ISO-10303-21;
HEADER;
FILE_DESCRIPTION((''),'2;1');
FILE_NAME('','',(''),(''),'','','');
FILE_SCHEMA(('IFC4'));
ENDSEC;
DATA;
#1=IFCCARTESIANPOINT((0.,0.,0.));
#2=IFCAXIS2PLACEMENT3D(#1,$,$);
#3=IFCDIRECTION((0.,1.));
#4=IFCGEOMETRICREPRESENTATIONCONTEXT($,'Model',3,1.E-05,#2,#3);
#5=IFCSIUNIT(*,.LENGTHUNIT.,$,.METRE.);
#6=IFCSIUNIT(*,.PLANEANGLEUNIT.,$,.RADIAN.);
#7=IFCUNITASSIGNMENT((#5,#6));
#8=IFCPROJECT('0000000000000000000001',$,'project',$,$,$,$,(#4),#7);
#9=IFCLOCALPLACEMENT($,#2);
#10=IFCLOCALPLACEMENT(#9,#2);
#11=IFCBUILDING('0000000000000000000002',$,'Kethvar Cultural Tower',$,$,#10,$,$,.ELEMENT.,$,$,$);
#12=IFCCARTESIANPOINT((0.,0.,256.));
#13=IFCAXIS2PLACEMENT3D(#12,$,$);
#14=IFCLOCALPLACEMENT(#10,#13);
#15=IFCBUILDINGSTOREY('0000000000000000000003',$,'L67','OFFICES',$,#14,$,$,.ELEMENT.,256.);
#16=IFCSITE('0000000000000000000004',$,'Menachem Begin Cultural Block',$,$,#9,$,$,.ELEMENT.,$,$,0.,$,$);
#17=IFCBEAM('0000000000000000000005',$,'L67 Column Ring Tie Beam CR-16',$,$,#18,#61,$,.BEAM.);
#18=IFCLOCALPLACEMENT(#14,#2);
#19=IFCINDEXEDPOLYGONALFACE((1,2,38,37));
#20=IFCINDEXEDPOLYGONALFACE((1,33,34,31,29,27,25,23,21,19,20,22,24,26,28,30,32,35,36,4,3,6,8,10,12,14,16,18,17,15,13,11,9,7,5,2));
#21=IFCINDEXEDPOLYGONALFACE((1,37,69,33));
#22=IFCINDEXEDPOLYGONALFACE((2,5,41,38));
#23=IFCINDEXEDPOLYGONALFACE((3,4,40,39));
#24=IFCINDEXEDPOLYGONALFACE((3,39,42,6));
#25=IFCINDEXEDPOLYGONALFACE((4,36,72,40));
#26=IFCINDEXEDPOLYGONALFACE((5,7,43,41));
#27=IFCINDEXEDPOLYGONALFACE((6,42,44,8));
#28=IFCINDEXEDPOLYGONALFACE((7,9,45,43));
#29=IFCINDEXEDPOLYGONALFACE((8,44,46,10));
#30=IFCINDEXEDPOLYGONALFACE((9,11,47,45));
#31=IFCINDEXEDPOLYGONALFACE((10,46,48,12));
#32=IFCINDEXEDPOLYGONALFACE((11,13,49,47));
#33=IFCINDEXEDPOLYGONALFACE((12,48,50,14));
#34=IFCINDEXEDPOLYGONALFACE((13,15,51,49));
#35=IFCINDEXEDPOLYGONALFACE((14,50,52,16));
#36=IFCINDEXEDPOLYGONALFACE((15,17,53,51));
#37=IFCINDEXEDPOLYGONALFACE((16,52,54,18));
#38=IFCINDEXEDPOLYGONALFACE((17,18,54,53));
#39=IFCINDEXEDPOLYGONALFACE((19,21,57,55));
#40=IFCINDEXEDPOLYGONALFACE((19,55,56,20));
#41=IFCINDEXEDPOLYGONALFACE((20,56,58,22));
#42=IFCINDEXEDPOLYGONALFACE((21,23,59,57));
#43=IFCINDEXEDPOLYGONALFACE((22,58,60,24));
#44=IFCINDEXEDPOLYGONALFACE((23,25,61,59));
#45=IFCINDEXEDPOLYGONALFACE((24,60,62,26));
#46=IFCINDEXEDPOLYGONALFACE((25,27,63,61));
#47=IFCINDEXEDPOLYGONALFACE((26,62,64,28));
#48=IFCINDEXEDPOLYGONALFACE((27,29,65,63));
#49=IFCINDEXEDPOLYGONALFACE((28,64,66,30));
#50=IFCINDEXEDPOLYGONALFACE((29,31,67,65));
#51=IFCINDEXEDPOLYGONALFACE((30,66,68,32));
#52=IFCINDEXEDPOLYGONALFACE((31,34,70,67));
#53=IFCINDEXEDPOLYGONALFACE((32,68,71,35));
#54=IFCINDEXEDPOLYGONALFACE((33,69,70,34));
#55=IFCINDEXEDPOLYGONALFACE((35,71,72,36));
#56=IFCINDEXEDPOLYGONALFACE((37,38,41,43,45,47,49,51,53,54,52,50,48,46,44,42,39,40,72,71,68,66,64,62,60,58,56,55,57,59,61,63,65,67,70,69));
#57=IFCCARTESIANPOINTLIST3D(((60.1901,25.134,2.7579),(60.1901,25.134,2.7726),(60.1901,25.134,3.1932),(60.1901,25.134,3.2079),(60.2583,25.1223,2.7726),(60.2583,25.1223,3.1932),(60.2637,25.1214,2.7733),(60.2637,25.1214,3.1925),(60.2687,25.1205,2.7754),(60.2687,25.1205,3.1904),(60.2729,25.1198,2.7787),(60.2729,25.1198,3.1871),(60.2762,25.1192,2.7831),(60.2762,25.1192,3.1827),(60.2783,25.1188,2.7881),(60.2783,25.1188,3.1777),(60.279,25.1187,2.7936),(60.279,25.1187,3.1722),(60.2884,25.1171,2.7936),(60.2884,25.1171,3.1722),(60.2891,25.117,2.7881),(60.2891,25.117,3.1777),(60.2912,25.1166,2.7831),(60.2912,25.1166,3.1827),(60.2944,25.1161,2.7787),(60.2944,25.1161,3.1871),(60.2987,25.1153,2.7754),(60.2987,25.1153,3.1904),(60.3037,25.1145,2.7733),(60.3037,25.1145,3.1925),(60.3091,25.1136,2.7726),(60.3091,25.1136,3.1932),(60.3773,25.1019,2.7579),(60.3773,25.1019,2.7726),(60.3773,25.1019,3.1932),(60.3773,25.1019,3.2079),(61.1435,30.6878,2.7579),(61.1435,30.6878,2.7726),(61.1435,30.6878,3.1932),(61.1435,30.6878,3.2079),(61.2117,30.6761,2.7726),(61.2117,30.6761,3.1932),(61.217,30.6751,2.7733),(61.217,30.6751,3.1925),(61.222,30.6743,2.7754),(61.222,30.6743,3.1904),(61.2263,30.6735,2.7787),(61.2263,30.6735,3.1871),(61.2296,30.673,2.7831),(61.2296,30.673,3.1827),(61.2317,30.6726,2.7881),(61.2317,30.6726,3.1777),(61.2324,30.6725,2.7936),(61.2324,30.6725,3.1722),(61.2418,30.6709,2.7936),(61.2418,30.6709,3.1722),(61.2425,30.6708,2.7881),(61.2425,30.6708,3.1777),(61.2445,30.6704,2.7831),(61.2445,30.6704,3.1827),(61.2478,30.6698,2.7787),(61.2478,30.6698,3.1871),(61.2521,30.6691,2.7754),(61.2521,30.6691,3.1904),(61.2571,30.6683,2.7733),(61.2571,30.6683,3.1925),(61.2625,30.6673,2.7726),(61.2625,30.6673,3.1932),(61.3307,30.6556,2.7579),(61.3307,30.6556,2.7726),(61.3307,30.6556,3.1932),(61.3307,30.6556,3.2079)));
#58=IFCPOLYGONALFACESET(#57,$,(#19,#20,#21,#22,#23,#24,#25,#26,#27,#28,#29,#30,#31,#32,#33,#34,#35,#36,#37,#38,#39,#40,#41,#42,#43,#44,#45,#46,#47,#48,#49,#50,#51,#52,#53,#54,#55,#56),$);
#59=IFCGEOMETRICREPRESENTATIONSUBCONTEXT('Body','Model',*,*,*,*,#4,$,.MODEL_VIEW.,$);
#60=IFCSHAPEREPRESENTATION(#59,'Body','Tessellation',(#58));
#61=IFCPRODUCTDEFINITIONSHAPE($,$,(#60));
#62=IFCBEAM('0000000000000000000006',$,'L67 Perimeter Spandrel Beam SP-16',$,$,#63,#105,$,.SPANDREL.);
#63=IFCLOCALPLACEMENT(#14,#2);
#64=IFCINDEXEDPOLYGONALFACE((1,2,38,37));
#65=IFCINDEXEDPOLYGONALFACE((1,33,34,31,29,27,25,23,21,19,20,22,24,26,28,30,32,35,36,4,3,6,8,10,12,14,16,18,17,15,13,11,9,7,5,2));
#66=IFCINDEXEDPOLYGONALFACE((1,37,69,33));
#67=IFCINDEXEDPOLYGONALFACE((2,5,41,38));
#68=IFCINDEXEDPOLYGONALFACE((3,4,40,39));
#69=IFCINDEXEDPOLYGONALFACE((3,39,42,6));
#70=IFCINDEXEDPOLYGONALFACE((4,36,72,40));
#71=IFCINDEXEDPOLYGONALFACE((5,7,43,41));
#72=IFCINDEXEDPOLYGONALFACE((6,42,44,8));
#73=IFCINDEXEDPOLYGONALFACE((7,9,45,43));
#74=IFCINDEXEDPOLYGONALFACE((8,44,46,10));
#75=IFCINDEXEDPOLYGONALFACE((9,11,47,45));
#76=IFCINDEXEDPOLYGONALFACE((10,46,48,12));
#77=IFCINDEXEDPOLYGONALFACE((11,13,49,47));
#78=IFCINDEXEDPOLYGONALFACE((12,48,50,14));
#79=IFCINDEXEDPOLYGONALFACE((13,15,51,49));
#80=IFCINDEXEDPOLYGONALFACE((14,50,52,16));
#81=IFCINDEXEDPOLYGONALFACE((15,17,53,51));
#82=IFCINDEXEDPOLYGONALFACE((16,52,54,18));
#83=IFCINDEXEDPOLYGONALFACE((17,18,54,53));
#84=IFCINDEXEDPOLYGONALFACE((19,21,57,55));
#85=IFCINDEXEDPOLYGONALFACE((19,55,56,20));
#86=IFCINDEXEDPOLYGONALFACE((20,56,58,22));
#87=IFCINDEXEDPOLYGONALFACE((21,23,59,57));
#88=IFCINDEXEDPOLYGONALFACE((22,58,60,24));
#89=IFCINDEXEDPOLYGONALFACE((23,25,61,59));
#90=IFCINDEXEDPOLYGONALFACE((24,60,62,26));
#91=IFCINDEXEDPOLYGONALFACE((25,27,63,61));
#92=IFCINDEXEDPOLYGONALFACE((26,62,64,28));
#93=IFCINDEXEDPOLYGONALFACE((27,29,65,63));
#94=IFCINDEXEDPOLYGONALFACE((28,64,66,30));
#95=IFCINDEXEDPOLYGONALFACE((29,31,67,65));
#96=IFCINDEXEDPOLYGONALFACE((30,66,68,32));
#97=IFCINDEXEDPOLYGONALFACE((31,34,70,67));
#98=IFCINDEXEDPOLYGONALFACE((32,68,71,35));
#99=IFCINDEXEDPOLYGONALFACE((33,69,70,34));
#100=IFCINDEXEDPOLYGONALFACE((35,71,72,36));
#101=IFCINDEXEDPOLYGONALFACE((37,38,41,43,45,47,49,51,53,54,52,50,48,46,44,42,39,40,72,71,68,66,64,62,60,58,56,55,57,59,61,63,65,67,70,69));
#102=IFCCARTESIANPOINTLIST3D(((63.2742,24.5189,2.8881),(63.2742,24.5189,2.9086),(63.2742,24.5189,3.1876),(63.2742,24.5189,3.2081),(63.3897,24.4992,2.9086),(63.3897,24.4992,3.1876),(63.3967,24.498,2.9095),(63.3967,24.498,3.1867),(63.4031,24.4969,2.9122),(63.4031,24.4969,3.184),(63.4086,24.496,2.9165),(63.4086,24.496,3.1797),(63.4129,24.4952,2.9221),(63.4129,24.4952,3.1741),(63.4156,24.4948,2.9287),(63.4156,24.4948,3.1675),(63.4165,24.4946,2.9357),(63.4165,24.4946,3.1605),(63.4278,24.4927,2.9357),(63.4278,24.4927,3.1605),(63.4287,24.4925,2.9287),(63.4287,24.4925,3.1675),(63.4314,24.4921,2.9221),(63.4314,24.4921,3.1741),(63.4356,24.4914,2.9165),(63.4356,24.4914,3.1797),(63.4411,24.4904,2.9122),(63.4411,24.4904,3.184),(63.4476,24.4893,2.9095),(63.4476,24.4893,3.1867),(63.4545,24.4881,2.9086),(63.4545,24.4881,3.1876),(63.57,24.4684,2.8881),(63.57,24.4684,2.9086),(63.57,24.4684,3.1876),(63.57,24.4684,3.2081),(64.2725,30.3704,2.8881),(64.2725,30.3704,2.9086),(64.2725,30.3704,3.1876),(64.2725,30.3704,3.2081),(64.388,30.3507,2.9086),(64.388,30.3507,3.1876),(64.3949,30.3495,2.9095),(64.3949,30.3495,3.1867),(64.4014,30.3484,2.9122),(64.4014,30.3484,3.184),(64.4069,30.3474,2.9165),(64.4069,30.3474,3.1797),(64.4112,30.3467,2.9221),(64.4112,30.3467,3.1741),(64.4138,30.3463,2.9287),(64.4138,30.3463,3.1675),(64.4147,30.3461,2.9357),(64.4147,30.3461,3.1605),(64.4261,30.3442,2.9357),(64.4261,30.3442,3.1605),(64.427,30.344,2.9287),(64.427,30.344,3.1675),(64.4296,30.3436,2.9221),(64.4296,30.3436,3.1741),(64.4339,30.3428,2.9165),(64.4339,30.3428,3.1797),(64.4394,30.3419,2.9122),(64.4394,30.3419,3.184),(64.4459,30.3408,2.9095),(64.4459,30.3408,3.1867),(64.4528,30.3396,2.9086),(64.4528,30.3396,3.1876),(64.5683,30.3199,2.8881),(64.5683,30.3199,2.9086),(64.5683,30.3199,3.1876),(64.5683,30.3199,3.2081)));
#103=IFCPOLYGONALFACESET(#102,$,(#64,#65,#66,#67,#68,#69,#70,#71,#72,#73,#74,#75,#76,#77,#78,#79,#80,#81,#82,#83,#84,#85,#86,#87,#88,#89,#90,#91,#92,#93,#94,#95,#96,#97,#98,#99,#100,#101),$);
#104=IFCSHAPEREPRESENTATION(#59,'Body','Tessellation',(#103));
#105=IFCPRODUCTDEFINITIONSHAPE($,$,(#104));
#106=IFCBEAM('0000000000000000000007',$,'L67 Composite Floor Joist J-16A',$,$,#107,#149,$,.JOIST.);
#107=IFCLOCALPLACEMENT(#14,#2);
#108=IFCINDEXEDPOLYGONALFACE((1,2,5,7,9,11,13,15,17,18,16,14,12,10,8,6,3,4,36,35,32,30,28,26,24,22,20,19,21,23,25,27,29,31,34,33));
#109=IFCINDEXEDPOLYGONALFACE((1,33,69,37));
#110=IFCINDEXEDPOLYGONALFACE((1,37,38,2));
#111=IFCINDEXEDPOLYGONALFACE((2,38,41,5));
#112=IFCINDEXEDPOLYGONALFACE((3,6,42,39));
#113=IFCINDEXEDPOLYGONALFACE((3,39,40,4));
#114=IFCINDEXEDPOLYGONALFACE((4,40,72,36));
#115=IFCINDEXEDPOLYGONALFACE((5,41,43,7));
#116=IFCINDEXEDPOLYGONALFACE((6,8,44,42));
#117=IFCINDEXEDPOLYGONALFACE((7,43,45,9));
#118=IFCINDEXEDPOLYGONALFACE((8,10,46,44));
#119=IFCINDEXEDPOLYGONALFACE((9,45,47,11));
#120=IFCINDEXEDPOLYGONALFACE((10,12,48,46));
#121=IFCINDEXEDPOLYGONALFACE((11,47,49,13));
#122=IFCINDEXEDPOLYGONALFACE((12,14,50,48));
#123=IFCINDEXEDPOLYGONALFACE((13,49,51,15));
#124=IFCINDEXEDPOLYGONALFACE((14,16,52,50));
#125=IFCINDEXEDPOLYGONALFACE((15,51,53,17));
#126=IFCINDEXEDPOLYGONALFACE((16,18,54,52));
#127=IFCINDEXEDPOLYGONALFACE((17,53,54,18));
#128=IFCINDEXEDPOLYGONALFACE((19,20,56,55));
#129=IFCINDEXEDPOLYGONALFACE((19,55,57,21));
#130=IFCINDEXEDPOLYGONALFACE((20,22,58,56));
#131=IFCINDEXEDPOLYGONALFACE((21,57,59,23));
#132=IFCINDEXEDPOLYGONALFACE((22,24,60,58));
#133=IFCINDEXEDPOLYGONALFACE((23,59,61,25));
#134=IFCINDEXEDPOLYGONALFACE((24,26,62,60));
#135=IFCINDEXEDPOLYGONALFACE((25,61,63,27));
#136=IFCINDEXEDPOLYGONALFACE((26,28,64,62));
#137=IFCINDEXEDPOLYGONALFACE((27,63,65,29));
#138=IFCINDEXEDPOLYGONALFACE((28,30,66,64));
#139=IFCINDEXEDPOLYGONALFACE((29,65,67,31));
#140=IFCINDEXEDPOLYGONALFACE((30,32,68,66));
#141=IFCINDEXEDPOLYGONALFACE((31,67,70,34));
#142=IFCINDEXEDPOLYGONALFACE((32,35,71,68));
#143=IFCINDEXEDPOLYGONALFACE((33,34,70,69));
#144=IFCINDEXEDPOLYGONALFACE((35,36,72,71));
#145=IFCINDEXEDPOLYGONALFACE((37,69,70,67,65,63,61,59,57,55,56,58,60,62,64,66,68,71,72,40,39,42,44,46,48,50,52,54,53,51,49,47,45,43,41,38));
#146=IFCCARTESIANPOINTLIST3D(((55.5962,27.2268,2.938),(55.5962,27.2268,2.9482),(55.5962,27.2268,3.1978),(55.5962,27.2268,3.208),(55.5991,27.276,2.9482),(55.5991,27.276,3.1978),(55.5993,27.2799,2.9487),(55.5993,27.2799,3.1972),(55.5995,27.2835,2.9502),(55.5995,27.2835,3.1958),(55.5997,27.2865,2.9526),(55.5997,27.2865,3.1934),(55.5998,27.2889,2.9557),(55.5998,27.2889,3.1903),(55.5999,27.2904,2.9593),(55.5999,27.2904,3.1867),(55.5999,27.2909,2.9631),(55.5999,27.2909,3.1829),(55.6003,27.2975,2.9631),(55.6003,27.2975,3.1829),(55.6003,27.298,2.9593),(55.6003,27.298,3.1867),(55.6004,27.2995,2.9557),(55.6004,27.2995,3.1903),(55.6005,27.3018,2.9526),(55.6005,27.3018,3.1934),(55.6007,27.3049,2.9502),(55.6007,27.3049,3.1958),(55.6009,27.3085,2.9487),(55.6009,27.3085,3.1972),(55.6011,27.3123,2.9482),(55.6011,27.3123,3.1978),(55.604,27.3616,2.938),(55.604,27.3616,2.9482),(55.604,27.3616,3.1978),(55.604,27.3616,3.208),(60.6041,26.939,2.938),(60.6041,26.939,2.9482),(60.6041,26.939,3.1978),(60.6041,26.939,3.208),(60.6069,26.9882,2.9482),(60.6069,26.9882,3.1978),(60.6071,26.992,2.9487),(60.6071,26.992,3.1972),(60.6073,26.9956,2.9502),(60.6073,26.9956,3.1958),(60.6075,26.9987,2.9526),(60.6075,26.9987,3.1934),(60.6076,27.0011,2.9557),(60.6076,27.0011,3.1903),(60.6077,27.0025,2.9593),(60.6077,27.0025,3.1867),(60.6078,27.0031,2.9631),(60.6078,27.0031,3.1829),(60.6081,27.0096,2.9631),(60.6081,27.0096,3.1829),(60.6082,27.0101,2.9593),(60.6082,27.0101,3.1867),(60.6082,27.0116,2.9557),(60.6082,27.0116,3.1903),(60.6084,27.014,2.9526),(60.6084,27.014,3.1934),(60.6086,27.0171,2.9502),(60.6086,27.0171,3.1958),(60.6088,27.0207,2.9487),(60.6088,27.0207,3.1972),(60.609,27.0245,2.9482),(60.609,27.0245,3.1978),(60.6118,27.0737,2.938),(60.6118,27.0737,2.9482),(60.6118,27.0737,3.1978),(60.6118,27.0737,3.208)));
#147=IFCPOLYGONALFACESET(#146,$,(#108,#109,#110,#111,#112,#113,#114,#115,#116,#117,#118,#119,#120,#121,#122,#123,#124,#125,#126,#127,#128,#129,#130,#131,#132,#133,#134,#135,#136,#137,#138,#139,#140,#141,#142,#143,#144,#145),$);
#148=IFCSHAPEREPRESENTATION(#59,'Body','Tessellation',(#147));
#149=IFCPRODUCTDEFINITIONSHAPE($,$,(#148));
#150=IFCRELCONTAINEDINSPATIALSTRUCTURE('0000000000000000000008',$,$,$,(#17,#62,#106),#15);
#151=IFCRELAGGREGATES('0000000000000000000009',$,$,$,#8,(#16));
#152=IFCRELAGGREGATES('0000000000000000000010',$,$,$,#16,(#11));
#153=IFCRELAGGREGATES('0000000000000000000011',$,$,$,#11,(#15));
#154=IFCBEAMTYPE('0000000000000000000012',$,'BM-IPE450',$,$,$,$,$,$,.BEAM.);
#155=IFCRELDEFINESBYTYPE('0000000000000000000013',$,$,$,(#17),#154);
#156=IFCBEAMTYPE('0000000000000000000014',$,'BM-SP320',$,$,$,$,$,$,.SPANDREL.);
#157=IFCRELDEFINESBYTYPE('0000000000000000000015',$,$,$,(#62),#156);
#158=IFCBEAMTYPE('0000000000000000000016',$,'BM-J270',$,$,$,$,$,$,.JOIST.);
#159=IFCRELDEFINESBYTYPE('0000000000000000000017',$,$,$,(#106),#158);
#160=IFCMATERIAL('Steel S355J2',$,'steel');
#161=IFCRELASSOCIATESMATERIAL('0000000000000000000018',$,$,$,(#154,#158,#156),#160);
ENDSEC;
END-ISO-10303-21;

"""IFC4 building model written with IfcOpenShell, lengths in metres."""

from ifc_helpers import new_model, si_unit, direction, frame, origin, origin_2d, place, context, subcontext, project, spatial, i_section, extrude, source, transform, mapped, material, material_profile, profile_set, type_object, element, save


model = new_model("IFC4")

# Units and contexts
model_context = context("Model", 3, precision=1e-05, world=origin(), true_north=direction((0.0, 1.0)))
body_context = subcontext(model_context, "Body", "Model", "MODEL_VIEW")
ifc_project = project(units=[si_unit("LENGTHUNIT", "METRE"), si_unit("PLANEANGLEUNIT", "RADIAN")], contexts=[model_context])

# Site, building, storey
site_placement = place(None, origin())
site = spatial("IfcSite", under=ifc_project, at=site_placement, Name="Menachem Begin Cultural Block", CompositionType="ELEMENT", RefElevation=0.0)
building_placement = place(site_placement, origin())
building = spatial("IfcBuilding", under=site, at=building_placement, Name="Kethvar Cultural Tower", CompositionType="ELEMENT")
storey_placement = place(building_placement, frame((0.0, 0.0, 256.0)))
storey = spatial("IfcBuildingStorey", under=building, at=storey_placement, Name="L67", Description="OFFICES", CompositionType="ELEMENT", Elevation=256.0)

# Beams
ifc_material_1 = material(Name="Steel S355J2", Category="steel")
ifc_material_profile_1 = material_profile(ifc_material_1, i_section(OverallWidth=0.1899, OverallDepth=0.45, WebThickness=0.0095, FlangeThickness=0.0146, FilletRadius=0.021, at=origin_2d()), Name="Steel S355J2 — IPE450")
ifc_profile_set_1 = profile_set([ifc_material_profile_1], Name="Steel S355J2 — IPE450")
beam_type_1 = type_object("IfcBeamType", Name="BM-IPE450", PredefinedType="BEAM", material=ifc_profile_set_1)
ifc_material_profile_2 = material_profile(ifc_material_1, i_section(OverallWidth=0.135, OverallDepth=0.27, WebThickness=0.0066, FlangeThickness=0.0103, FilletRadius=0.0149, at=origin_2d()), Name="Steel S355J2 — IPE270")
ifc_profile_set_2 = profile_set([ifc_material_profile_2], Name="Steel S355J2 — IPE270")
beam_type_2 = type_object("IfcBeamType", Name="BM-J270", PredefinedType="JOIST", material=ifc_profile_set_2)
shared_shape_1 = source(origin(), body_context, "Body", "SweptSolid", [
    extrude(i_section(OverallWidth=0.1899, OverallDepth=0.45, WebThickness=0.0095, FlangeThickness=0.0146, FilletRadius=0.021, at=origin_2d()), origin(), (0.0, 0.0, 1.0), 5.635),
])
beam_1_placement = place(storey_placement, frame((60.2837, 25.1179, 2.9829), z_axis=(0.169189, 0.985584, 0.0), x_axis=(-0.985584, 0.169189, 0.0)))
element("IfcBeam", 1, at=beam_1_placement, inside=storey, type_object=beam_type_1, Name="L67 Column Ring Tie Beam CR-16", PredefinedType="BEAM", context=body_context, shape_type="MappedRepresentation", body=[
    mapped(shared_shape_1, transform((0.0, 0.0, 0.0), scale=1.0)),
])
ifc_material_profile_3 = material_profile(ifc_material_1, i_section(OverallWidth=0.3, OverallDepth=0.3201, WebThickness=0.0115, FlangeThickness=0.0205, FilletRadius=0.0271, at=origin_2d()), Name="Steel S355J2 — HEB320")
ifc_profile_set_3 = profile_set([ifc_material_profile_3], Name="Steel S355J2 — HEB320")
beam_type_3 = type_object("IfcBeamType", Name="BM-SP320", PredefinedType="SPANDREL", material=ifc_profile_set_3)
shared_shape_2 = source(origin(), body_context, "Body", "SweptSolid", [
    extrude(i_section(OverallWidth=0.3, OverallDepth=0.3201, WebThickness=0.0115, FlangeThickness=0.0205, FilletRadius=0.0271, at=origin_2d()), origin(), (0.0, 0.0, 1.0), 5.936),
])
beam_2_placement = place(storey_placement, frame((63.4221, 24.4937, 3.0481), z_axis=(0.168173, 0.985758, 0.0), x_axis=(-0.985758, 0.168173, 0.0)))
element("IfcBeam", 2, at=beam_2_placement, inside=storey, type_object=beam_type_3, Name="L67 Perimeter Spandrel Beam SP-16", PredefinedType="SPANDREL", context=body_context, shape_type="MappedRepresentation", body=[
    mapped(shared_shape_2, transform((0.0, 0.0, 0.0), scale=1.0)),
])
shared_shape_3 = source(origin(), body_context, "Body", "SweptSolid", [
    extrude(i_section(OverallWidth=0.135, OverallDepth=0.27, WebThickness=0.0066, FlangeThickness=0.0103, FilletRadius=0.0149, at=origin_2d()), origin(), (0.0, 0.0, 1.0), 5.0161),
])
beam_3_placement = place(storey_placement, frame((55.6001, 27.2942, 3.073), z_axis=(0.998352, -0.057384, 0.0), x_axis=(0.057384, 0.998352, 0.0)))
element("IfcBeam", 3, at=beam_3_placement, inside=storey, type_object=beam_type_2, Name="L67 Composite Floor Joist J-16A", PredefinedType="JOIST", context=body_context, shape_type="MappedRepresentation", body=[
    mapped(shared_shape_3, transform((0.0, 0.0, 0.0), scale=1.0)),
])

save(model, "model.ifc")
